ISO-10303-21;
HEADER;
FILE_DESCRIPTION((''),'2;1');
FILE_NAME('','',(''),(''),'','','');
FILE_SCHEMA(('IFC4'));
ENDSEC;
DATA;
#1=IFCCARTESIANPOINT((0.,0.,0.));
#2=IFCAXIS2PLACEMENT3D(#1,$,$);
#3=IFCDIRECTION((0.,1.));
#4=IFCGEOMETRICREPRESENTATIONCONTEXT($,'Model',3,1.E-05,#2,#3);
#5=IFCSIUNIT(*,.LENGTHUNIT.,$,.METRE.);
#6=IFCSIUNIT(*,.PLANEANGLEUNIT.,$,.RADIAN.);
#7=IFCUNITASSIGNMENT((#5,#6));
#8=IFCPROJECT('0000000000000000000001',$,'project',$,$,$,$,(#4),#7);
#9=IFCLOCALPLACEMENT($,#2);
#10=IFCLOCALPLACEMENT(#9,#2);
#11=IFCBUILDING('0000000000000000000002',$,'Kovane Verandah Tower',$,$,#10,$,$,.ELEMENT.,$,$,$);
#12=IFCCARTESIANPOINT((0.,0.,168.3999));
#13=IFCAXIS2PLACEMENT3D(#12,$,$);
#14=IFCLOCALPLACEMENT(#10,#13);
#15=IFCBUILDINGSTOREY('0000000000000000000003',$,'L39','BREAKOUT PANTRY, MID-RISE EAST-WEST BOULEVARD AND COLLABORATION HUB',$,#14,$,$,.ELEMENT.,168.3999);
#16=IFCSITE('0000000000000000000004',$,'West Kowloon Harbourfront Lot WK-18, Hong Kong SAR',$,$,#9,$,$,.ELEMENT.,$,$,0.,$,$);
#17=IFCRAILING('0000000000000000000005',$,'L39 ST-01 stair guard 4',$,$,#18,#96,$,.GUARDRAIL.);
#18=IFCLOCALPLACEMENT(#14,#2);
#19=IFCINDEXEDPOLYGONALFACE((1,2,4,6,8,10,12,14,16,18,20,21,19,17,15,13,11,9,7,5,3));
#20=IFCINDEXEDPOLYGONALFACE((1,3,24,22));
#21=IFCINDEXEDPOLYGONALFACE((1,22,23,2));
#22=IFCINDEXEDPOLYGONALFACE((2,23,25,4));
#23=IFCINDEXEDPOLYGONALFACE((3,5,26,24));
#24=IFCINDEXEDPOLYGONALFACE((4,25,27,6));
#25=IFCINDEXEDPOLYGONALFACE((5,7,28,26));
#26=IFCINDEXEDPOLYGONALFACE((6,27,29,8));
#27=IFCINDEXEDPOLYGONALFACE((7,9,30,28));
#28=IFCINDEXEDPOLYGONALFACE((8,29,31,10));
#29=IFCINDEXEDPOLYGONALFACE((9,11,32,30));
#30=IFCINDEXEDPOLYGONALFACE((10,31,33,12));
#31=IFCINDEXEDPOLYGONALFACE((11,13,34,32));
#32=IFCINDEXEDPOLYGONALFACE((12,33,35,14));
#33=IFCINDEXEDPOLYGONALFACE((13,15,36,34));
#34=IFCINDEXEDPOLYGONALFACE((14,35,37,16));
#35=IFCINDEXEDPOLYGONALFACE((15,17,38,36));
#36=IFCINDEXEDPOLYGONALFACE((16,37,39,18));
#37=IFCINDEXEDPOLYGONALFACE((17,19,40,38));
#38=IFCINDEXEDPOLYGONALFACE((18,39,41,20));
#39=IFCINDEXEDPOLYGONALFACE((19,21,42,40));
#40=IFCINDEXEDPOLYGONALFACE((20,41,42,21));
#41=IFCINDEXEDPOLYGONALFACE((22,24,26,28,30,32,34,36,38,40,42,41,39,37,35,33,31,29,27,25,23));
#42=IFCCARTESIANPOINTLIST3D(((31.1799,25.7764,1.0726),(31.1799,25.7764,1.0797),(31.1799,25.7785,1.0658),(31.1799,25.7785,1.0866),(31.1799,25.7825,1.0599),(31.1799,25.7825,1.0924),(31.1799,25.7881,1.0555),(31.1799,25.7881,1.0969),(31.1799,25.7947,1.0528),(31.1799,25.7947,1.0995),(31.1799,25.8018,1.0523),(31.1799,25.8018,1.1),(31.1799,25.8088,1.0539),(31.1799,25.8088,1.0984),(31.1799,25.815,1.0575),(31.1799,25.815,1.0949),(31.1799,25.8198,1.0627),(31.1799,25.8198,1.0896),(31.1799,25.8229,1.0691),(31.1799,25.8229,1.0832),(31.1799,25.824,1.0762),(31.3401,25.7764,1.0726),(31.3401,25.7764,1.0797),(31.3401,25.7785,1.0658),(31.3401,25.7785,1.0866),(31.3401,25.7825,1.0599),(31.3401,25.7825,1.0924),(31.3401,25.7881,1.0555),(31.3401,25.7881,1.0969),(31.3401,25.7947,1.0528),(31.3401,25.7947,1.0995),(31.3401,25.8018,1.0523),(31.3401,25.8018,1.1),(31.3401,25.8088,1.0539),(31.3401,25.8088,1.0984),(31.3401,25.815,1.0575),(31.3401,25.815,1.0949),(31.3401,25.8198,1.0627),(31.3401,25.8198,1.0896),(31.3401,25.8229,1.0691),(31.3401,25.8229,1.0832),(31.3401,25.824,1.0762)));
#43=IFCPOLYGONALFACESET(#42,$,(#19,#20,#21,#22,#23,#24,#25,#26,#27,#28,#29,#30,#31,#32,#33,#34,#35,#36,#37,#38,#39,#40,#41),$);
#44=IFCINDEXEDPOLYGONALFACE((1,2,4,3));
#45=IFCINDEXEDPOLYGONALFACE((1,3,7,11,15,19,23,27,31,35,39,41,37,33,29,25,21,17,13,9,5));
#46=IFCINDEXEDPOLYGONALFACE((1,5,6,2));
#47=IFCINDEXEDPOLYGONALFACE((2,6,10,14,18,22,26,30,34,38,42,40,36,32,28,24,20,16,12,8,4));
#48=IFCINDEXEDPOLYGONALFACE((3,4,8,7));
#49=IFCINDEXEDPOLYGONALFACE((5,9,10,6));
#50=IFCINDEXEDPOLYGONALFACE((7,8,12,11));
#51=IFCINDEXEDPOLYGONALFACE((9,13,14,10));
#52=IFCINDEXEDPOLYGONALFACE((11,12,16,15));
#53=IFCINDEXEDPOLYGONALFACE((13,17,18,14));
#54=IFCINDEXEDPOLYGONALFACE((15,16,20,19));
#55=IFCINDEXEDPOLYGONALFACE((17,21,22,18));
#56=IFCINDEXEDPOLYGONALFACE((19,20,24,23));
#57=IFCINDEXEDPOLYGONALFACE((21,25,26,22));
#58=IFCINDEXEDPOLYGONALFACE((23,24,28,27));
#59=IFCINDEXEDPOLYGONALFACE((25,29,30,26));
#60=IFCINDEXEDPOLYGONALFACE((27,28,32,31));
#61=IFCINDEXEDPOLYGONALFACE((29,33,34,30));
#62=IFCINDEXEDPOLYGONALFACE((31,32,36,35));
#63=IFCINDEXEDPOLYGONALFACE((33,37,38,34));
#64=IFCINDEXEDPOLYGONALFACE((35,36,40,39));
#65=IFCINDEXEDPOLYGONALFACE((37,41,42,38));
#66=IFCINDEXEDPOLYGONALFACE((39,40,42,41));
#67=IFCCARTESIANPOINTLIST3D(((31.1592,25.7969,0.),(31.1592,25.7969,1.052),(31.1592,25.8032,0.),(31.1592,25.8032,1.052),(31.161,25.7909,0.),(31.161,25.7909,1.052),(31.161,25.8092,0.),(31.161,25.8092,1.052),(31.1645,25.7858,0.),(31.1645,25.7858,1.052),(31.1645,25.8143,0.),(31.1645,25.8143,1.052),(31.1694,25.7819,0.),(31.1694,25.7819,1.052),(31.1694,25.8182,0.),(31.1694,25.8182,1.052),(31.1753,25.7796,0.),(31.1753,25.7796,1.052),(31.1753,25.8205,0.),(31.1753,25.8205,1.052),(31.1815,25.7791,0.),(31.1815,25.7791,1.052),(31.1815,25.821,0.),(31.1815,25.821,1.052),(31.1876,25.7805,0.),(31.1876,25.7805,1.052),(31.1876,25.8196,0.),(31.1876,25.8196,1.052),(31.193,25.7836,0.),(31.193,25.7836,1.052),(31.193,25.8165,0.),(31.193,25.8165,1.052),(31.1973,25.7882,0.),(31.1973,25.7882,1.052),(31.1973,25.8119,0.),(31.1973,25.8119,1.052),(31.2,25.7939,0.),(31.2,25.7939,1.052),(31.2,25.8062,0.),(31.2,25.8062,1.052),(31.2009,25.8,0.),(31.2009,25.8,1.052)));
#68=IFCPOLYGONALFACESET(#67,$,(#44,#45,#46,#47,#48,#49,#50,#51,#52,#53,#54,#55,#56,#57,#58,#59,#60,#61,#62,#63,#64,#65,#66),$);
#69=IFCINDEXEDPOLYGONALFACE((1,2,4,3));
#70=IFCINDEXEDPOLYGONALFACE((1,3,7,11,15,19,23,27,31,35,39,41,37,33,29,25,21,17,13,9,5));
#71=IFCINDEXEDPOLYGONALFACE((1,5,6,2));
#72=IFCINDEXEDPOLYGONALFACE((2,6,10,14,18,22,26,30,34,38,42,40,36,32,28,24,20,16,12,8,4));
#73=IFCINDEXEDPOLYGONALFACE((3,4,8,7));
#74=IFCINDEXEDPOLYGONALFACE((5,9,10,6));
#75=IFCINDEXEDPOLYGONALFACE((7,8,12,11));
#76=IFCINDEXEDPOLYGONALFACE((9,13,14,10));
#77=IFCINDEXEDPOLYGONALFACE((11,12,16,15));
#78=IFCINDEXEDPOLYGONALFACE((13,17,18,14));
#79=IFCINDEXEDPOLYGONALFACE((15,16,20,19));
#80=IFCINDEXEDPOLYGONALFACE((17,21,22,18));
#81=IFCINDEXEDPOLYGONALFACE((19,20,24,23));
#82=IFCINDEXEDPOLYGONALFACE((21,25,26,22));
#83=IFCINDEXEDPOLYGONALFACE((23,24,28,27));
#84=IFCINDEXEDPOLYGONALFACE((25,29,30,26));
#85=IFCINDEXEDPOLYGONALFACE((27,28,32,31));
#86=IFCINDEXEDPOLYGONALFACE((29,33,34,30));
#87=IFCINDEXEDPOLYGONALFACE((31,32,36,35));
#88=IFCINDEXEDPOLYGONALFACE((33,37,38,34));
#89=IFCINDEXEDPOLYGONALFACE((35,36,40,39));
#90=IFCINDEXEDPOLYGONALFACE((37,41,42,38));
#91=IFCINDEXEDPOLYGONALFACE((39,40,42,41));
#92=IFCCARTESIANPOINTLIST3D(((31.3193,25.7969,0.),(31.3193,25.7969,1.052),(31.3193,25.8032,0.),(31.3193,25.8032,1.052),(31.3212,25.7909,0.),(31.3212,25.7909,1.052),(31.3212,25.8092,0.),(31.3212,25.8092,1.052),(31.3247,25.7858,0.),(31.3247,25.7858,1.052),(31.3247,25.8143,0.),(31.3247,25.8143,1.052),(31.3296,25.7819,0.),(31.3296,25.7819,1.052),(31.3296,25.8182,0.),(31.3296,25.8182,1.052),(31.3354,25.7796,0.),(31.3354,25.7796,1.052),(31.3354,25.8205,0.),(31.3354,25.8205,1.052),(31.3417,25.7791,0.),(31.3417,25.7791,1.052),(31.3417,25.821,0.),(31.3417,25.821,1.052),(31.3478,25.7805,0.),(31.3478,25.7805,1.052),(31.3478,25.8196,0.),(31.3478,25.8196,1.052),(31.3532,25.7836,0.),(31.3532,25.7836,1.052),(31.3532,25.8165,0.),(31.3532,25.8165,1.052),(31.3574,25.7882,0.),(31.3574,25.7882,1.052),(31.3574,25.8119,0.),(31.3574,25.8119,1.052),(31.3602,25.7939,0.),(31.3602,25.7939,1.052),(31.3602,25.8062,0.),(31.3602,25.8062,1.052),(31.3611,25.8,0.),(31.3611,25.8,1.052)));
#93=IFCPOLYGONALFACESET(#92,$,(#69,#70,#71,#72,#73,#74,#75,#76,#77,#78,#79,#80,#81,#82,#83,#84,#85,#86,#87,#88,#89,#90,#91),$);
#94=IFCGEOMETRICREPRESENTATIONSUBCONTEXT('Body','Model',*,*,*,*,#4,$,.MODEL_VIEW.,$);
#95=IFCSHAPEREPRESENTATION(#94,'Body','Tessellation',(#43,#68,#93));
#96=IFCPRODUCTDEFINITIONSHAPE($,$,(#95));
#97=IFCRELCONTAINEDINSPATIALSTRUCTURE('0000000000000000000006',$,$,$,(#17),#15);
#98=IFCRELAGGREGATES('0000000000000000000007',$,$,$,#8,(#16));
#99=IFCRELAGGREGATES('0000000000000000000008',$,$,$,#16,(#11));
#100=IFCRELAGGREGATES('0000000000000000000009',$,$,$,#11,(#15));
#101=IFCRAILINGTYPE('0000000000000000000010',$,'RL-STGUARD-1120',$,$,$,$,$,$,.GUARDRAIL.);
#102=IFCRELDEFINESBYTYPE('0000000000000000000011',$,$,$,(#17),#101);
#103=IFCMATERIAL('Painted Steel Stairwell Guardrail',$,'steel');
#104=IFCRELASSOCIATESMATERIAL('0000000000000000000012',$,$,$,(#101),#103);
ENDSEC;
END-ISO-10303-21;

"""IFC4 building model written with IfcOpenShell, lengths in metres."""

from ifc_helpers import new_model, si_unit, direction, frame, origin, origin_2d, place, context, subcontext, project, spatial, circle, extrude, material, type_object, element, save


model = new_model("IFC4")

# Units and contexts
model_context = context("Model", 3, precision=1e-05, world=origin(), true_north=direction((0.0, 1.0)))
body_context = subcontext(model_context, "Body", "Model", "MODEL_VIEW")
ifc_project = project(units=[si_unit("LENGTHUNIT", "METRE"), si_unit("PLANEANGLEUNIT", "RADIAN")], contexts=[model_context])

# Site, building, storey
site_placement = place(None, origin())
site = spatial("IfcSite", under=ifc_project, at=site_placement, Name="West Kowloon Harbourfront Lot WK-18, Hong Kong SAR", CompositionType="ELEMENT", RefElevation=0.0)
building_placement = place(site_placement, origin())
building = spatial("IfcBuilding", under=site, at=building_placement, Name="Kovane Verandah Tower", CompositionType="ELEMENT")
storey_placement = place(building_placement, frame((0.0, 0.0, 168.3999)))
storey = spatial("IfcBuildingStorey", under=building, at=storey_placement, Name="L39", Description="BREAKOUT PANTRY, MID-RISE EAST-WEST BOULEVARD AND COLLABORATION HUB", CompositionType="ELEMENT", Elevation=168.3999)

# Railing
ifc_material_1 = material(Name="Painted Steel Stairwell Guardrail", Category="steel")
railing_type_1 = type_object("IfcRailingType", Name="RL-STGUARD-1120", PredefinedType="GUARDRAIL", material=ifc_material_1)
railing_1_placement = place(storey_placement, frame((31.1799, 25.8, 0.0)))
element("IfcRailing", 1, at=railing_1_placement, inside=storey, type_object=railing_type_1, Name="L39 ST-01 stair guard 4", PredefinedType="GUARDRAIL", context=body_context, shape_type="SweptSolid", body=[
    extrude(circle(Radius=0.0239, at=origin_2d()), frame((0.0, 0.0, 1.0762), z_axis=(1.0, 0.0, 0.0), x_axis=(0.0, 1.0, 0.0)), (0.0, 0.0, 1.0), 0.1602),
    extrude(circle(Radius=0.021, at=origin_2d()), origin(), (0.0, 0.0, 1.0), 1.052),
    extrude(circle(Radius=0.021, at=origin_2d()), frame((0.1602, 0.0, 0.0)), (0.0, 0.0, 1.0), 1.052),
])

save(model, "model.ifc")
